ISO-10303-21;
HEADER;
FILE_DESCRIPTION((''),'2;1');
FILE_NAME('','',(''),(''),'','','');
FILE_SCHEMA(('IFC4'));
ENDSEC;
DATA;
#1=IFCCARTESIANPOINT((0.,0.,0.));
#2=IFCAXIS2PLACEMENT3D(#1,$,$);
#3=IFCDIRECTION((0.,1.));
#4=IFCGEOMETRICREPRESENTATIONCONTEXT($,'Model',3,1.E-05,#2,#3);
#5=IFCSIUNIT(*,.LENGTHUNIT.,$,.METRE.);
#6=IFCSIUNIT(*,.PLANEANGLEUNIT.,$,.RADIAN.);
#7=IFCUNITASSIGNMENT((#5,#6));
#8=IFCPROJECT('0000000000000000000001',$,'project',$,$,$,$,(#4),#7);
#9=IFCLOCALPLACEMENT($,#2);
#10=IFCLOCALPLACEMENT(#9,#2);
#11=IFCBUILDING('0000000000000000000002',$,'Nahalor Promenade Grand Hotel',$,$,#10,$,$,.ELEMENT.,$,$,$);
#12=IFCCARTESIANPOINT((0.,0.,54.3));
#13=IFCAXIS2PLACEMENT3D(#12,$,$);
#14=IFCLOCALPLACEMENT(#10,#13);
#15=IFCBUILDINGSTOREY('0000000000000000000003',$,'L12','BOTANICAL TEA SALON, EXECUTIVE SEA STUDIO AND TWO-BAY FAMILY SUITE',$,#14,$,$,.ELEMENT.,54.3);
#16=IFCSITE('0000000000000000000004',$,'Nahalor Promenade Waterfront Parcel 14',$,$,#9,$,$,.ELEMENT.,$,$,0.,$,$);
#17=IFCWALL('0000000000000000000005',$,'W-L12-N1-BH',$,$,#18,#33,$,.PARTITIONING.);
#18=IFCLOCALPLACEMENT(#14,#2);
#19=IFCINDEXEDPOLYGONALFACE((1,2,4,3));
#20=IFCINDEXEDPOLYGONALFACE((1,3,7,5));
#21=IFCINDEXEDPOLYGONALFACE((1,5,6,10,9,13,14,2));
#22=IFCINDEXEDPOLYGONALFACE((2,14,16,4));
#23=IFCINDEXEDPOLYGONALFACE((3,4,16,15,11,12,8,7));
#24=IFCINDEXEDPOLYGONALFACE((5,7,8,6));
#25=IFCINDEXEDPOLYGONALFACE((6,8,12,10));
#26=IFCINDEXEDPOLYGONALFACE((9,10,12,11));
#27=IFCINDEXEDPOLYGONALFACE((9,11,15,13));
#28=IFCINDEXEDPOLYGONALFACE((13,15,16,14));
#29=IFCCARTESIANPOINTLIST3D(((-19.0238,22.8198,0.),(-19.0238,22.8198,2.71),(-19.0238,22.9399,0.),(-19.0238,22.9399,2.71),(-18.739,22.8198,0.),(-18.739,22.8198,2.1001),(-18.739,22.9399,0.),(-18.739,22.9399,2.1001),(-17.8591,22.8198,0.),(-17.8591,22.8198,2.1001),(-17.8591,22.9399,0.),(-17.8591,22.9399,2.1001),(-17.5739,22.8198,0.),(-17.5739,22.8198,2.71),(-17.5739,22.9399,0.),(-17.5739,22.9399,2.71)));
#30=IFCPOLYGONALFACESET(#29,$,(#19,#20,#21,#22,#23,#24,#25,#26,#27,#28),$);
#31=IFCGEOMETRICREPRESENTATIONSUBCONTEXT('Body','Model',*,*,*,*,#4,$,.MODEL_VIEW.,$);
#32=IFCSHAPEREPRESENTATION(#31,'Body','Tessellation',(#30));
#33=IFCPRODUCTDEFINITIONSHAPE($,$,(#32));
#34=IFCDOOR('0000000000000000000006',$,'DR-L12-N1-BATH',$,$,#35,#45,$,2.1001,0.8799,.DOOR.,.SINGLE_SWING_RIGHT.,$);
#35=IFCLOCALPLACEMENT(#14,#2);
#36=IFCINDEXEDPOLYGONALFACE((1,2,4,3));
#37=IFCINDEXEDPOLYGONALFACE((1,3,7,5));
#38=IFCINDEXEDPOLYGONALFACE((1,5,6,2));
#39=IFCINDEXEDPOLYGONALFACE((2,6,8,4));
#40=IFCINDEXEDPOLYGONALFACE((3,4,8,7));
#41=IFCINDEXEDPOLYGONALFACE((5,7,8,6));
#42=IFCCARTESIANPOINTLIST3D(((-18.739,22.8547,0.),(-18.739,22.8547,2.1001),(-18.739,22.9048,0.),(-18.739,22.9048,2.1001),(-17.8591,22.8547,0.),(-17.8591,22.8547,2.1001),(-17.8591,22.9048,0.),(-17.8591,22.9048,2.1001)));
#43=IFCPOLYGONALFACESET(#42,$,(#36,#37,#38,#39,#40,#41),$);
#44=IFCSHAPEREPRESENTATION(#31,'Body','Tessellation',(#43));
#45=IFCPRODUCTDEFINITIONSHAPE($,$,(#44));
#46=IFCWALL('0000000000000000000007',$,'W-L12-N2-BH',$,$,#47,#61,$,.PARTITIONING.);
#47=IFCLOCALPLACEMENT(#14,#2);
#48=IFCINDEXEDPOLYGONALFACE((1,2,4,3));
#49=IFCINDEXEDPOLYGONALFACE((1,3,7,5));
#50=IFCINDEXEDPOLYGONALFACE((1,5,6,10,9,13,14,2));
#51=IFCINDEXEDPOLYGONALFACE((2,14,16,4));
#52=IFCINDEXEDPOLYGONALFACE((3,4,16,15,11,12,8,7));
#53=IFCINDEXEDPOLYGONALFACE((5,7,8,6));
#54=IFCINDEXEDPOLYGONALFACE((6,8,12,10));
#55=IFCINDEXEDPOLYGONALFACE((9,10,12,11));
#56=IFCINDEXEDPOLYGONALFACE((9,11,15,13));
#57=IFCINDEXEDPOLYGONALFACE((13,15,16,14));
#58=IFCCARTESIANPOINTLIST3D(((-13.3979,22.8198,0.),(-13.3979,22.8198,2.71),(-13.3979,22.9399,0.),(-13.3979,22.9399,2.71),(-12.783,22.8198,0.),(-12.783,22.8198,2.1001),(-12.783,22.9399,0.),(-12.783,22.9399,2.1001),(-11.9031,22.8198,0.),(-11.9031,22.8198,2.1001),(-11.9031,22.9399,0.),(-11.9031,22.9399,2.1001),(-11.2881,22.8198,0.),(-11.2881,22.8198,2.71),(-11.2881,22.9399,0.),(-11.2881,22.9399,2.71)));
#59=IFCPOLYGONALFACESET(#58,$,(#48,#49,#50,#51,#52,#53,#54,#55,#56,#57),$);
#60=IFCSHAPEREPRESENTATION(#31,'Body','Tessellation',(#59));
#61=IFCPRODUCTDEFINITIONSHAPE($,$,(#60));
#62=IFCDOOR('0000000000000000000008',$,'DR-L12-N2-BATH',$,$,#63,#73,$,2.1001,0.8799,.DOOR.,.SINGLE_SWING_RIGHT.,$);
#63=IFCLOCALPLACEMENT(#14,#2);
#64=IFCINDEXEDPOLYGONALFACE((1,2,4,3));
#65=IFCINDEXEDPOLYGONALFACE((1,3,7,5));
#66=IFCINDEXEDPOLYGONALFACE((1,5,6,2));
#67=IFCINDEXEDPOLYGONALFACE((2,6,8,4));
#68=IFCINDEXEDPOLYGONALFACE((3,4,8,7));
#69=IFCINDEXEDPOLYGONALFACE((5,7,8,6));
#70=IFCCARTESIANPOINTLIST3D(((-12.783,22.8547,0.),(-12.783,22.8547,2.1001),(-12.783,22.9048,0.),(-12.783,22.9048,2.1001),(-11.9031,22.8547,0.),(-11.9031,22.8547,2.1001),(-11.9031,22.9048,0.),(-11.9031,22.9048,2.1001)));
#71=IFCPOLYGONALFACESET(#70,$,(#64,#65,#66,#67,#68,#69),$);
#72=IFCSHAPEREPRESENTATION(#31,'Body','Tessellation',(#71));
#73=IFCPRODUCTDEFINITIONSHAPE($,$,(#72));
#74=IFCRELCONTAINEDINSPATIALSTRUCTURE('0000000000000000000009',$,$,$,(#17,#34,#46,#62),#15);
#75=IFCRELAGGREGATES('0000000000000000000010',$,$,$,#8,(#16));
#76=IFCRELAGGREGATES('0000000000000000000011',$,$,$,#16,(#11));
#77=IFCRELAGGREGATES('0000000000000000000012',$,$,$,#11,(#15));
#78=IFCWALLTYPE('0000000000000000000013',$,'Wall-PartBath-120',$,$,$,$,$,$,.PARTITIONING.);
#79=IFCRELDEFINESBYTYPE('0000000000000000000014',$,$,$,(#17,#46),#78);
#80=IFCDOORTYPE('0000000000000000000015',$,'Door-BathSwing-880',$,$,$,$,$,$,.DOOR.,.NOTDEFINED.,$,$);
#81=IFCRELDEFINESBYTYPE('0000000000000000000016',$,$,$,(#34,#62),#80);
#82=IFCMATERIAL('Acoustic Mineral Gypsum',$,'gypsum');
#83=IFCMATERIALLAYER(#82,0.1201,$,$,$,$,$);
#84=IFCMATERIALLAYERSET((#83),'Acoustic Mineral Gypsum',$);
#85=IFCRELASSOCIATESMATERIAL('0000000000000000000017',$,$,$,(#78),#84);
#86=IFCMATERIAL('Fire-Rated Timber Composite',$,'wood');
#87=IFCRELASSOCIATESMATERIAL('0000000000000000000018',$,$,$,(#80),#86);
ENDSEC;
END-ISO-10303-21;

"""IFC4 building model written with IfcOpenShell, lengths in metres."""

from ifc_helpers import new_model, si_unit, direction, frame, frame_2d, origin, place, context, subcontext, project, spatial, rectangle, extrude, source, transform, mapped, material, layer, layer_set, type_object, element, fill, save


model = new_model("IFC4")

# Units and contexts
model_context = context("Model", 3, precision=1e-05, world=origin(), true_north=direction((0.0, 1.0)))
body_context = subcontext(model_context, "Body", "Model", "MODEL_VIEW")
ifc_project = project(units=[si_unit("LENGTHUNIT", "METRE"), si_unit("PLANEANGLEUNIT", "RADIAN")], contexts=[model_context])

# Site, building, storey
site_placement = place(None, origin())
site = spatial("IfcSite", under=ifc_project, at=site_placement, Name="Nahalor Promenade Waterfront Parcel 14", CompositionType="ELEMENT", RefElevation=0.0)
building_placement = place(site_placement, origin())
building = spatial("IfcBuilding", under=site, at=building_placement, Name="Nahalor Promenade Grand Hotel", CompositionType="ELEMENT")
storey_placement = place(building_placement, frame((0.0, 0.0, 54.3)))
storey = spatial("IfcBuildingStorey", under=building, at=storey_placement, Name="L12", Description="BOTANICAL TEA SALON, EXECUTIVE SEA STUDIO AND TWO-BAY FAMILY SUITE", CompositionType="ELEMENT", Elevation=54.3)

# Shared definitions
ifc_material_1 = material(Name="Acoustic Mineral Gypsum", Category="gypsum")
ifc_layer_1 = layer(ifc_material_1, 0.1201)
ifc_layer_set_1 = layer_set([ifc_layer_1], Name="Acoustic Mineral Gypsum")
wall_type_1 = type_object("IfcWallType", Name="Wall-PartBath-120", PredefinedType="PARTITIONING", material=ifc_layer_set_1)

# Walls, openings, doors
shared_shape_1 = source(origin(), body_context, "Body", "SweptSolid", [
    extrude(rectangle(XDim=1.45, YDim=0.1201, at=frame_2d((0.7251, 0.0))), origin(), (0.0, 0.0, 1.0), 2.71),
])
wall_1_placement = place(storey_placement, frame((-19.0239, 22.8799, 0.0), z_axis=(0.0, 0.0, 1.0), x_axis=(1.0, 0.0, 0.0)))
wall_1 = element("IfcWall", 1, at=wall_1_placement, inside=storey, type_object=wall_type_1, Name="W-L12-N1-BH", PredefinedType="PARTITIONING", context=body_context, shape_type="MappedRepresentation", body=[
    mapped(shared_shape_1, transform((0.0, 0.0, 0.0), scale=1.0)),
])
opening_1_placement = place(wall_1_placement, frame((0.2849, 0.0, 0.0)))
opening_1 = element("IfcOpeningElement", 2, at=opening_1_placement, cuts=wall_1, PredefinedType="OPENING", context=body_context, shape_type="SweptSolid", body=[
    extrude(rectangle(XDim=0.8799, YDim=2.1001, at=frame_2d((0.4399, 1.05))), frame((0.0, 0.0701, 0.0), z_axis=(0.0, -1.0, 0.0), x_axis=(1.0, 0.0, 0.0)), (0.0, 0.0, 1.0), 0.1401),
])
ifc_material_2 = material(Name="Fire-Rated Timber Composite", Category="wood")
door_type_1 = type_object("IfcDoorType", Name="Door-BathSwing-880", OperationType="NOTDEFINED", PredefinedType="DOOR", material=ifc_material_2)
shared_shape_2 = source(origin(), body_context, "Body", "SweptSolid", [
    extrude(rectangle(XDim=0.8799, YDim=2.1001, at=frame_2d((0.4399, 1.05))), frame((0.0, 0.0249, 0.0), z_axis=(0.0, -1.0, 0.0), x_axis=(1.0, 0.0, 0.0)), (0.0, 0.0, 1.0), 0.05),
])
door_1_placement = place(opening_1_placement, origin())
door_1 = element("IfcDoor", 3, at=door_1_placement, inside=storey, type_object=door_type_1, Name="DR-L12-N1-BATH", OperationType="SINGLE_SWING_RIGHT", OverallHeight=2.1001, OverallWidth=0.8799, PredefinedType="DOOR", context=body_context, shape_type="MappedRepresentation", body=[
    mapped(shared_shape_2, transform((0.0, 0.0, 0.0), scale=1.0)),
])
fill(opening_1, door_1)
shared_shape_3 = source(origin(), body_context, "Body", "SweptSolid", [
    extrude(rectangle(XDim=2.1099, YDim=0.1201, at=frame_2d((1.0549, 0.0))), origin(), (0.0, 0.0, 1.0), 2.71),
])
wall_2_placement = place(storey_placement, frame((-13.3979, 22.8799, 0.0), z_axis=(0.0, 0.0, 1.0), x_axis=(1.0, 0.0, 0.0)))
wall_2 = element("IfcWall", 4, at=wall_2_placement, inside=storey, type_object=wall_type_1, Name="W-L12-N2-BH", PredefinedType="PARTITIONING", context=body_context, shape_type="MappedRepresentation", body=[
    mapped(shared_shape_3, transform((0.0, 0.0, 0.0), scale=1.0)),
])
opening_2_placement = place(wall_2_placement, frame((0.615, 0.0, 0.0)))
opening_2 = element("IfcOpeningElement", 5, at=opening_2_placement, cuts=wall_2, PredefinedType="OPENING", context=body_context, shape_type="SweptSolid", body=[
    extrude(rectangle(XDim=0.8799, YDim=2.1001, at=frame_2d((0.4399, 1.05))), frame((0.0, 0.0701, 0.0), z_axis=(0.0, -1.0, 0.0), x_axis=(1.0, 0.0, 0.0)), (0.0, 0.0, 1.0), 0.1401),
])
door_2_placement = place(opening_2_placement, origin())
door_2 = element("IfcDoor", 6, at=door_2_placement, inside=storey, type_object=door_type_1, Name="DR-L12-N2-BATH", OperationType="SINGLE_SWING_RIGHT", OverallHeight=2.1001, OverallWidth=0.8799, PredefinedType="DOOR", context=body_context, shape_type="MappedRepresentation", body=[
    mapped(shared_shape_2, transform((0.0, 0.0, 0.0), scale=1.0)),
])
fill(opening_2, door_2)

save(model, "model.ifc")
